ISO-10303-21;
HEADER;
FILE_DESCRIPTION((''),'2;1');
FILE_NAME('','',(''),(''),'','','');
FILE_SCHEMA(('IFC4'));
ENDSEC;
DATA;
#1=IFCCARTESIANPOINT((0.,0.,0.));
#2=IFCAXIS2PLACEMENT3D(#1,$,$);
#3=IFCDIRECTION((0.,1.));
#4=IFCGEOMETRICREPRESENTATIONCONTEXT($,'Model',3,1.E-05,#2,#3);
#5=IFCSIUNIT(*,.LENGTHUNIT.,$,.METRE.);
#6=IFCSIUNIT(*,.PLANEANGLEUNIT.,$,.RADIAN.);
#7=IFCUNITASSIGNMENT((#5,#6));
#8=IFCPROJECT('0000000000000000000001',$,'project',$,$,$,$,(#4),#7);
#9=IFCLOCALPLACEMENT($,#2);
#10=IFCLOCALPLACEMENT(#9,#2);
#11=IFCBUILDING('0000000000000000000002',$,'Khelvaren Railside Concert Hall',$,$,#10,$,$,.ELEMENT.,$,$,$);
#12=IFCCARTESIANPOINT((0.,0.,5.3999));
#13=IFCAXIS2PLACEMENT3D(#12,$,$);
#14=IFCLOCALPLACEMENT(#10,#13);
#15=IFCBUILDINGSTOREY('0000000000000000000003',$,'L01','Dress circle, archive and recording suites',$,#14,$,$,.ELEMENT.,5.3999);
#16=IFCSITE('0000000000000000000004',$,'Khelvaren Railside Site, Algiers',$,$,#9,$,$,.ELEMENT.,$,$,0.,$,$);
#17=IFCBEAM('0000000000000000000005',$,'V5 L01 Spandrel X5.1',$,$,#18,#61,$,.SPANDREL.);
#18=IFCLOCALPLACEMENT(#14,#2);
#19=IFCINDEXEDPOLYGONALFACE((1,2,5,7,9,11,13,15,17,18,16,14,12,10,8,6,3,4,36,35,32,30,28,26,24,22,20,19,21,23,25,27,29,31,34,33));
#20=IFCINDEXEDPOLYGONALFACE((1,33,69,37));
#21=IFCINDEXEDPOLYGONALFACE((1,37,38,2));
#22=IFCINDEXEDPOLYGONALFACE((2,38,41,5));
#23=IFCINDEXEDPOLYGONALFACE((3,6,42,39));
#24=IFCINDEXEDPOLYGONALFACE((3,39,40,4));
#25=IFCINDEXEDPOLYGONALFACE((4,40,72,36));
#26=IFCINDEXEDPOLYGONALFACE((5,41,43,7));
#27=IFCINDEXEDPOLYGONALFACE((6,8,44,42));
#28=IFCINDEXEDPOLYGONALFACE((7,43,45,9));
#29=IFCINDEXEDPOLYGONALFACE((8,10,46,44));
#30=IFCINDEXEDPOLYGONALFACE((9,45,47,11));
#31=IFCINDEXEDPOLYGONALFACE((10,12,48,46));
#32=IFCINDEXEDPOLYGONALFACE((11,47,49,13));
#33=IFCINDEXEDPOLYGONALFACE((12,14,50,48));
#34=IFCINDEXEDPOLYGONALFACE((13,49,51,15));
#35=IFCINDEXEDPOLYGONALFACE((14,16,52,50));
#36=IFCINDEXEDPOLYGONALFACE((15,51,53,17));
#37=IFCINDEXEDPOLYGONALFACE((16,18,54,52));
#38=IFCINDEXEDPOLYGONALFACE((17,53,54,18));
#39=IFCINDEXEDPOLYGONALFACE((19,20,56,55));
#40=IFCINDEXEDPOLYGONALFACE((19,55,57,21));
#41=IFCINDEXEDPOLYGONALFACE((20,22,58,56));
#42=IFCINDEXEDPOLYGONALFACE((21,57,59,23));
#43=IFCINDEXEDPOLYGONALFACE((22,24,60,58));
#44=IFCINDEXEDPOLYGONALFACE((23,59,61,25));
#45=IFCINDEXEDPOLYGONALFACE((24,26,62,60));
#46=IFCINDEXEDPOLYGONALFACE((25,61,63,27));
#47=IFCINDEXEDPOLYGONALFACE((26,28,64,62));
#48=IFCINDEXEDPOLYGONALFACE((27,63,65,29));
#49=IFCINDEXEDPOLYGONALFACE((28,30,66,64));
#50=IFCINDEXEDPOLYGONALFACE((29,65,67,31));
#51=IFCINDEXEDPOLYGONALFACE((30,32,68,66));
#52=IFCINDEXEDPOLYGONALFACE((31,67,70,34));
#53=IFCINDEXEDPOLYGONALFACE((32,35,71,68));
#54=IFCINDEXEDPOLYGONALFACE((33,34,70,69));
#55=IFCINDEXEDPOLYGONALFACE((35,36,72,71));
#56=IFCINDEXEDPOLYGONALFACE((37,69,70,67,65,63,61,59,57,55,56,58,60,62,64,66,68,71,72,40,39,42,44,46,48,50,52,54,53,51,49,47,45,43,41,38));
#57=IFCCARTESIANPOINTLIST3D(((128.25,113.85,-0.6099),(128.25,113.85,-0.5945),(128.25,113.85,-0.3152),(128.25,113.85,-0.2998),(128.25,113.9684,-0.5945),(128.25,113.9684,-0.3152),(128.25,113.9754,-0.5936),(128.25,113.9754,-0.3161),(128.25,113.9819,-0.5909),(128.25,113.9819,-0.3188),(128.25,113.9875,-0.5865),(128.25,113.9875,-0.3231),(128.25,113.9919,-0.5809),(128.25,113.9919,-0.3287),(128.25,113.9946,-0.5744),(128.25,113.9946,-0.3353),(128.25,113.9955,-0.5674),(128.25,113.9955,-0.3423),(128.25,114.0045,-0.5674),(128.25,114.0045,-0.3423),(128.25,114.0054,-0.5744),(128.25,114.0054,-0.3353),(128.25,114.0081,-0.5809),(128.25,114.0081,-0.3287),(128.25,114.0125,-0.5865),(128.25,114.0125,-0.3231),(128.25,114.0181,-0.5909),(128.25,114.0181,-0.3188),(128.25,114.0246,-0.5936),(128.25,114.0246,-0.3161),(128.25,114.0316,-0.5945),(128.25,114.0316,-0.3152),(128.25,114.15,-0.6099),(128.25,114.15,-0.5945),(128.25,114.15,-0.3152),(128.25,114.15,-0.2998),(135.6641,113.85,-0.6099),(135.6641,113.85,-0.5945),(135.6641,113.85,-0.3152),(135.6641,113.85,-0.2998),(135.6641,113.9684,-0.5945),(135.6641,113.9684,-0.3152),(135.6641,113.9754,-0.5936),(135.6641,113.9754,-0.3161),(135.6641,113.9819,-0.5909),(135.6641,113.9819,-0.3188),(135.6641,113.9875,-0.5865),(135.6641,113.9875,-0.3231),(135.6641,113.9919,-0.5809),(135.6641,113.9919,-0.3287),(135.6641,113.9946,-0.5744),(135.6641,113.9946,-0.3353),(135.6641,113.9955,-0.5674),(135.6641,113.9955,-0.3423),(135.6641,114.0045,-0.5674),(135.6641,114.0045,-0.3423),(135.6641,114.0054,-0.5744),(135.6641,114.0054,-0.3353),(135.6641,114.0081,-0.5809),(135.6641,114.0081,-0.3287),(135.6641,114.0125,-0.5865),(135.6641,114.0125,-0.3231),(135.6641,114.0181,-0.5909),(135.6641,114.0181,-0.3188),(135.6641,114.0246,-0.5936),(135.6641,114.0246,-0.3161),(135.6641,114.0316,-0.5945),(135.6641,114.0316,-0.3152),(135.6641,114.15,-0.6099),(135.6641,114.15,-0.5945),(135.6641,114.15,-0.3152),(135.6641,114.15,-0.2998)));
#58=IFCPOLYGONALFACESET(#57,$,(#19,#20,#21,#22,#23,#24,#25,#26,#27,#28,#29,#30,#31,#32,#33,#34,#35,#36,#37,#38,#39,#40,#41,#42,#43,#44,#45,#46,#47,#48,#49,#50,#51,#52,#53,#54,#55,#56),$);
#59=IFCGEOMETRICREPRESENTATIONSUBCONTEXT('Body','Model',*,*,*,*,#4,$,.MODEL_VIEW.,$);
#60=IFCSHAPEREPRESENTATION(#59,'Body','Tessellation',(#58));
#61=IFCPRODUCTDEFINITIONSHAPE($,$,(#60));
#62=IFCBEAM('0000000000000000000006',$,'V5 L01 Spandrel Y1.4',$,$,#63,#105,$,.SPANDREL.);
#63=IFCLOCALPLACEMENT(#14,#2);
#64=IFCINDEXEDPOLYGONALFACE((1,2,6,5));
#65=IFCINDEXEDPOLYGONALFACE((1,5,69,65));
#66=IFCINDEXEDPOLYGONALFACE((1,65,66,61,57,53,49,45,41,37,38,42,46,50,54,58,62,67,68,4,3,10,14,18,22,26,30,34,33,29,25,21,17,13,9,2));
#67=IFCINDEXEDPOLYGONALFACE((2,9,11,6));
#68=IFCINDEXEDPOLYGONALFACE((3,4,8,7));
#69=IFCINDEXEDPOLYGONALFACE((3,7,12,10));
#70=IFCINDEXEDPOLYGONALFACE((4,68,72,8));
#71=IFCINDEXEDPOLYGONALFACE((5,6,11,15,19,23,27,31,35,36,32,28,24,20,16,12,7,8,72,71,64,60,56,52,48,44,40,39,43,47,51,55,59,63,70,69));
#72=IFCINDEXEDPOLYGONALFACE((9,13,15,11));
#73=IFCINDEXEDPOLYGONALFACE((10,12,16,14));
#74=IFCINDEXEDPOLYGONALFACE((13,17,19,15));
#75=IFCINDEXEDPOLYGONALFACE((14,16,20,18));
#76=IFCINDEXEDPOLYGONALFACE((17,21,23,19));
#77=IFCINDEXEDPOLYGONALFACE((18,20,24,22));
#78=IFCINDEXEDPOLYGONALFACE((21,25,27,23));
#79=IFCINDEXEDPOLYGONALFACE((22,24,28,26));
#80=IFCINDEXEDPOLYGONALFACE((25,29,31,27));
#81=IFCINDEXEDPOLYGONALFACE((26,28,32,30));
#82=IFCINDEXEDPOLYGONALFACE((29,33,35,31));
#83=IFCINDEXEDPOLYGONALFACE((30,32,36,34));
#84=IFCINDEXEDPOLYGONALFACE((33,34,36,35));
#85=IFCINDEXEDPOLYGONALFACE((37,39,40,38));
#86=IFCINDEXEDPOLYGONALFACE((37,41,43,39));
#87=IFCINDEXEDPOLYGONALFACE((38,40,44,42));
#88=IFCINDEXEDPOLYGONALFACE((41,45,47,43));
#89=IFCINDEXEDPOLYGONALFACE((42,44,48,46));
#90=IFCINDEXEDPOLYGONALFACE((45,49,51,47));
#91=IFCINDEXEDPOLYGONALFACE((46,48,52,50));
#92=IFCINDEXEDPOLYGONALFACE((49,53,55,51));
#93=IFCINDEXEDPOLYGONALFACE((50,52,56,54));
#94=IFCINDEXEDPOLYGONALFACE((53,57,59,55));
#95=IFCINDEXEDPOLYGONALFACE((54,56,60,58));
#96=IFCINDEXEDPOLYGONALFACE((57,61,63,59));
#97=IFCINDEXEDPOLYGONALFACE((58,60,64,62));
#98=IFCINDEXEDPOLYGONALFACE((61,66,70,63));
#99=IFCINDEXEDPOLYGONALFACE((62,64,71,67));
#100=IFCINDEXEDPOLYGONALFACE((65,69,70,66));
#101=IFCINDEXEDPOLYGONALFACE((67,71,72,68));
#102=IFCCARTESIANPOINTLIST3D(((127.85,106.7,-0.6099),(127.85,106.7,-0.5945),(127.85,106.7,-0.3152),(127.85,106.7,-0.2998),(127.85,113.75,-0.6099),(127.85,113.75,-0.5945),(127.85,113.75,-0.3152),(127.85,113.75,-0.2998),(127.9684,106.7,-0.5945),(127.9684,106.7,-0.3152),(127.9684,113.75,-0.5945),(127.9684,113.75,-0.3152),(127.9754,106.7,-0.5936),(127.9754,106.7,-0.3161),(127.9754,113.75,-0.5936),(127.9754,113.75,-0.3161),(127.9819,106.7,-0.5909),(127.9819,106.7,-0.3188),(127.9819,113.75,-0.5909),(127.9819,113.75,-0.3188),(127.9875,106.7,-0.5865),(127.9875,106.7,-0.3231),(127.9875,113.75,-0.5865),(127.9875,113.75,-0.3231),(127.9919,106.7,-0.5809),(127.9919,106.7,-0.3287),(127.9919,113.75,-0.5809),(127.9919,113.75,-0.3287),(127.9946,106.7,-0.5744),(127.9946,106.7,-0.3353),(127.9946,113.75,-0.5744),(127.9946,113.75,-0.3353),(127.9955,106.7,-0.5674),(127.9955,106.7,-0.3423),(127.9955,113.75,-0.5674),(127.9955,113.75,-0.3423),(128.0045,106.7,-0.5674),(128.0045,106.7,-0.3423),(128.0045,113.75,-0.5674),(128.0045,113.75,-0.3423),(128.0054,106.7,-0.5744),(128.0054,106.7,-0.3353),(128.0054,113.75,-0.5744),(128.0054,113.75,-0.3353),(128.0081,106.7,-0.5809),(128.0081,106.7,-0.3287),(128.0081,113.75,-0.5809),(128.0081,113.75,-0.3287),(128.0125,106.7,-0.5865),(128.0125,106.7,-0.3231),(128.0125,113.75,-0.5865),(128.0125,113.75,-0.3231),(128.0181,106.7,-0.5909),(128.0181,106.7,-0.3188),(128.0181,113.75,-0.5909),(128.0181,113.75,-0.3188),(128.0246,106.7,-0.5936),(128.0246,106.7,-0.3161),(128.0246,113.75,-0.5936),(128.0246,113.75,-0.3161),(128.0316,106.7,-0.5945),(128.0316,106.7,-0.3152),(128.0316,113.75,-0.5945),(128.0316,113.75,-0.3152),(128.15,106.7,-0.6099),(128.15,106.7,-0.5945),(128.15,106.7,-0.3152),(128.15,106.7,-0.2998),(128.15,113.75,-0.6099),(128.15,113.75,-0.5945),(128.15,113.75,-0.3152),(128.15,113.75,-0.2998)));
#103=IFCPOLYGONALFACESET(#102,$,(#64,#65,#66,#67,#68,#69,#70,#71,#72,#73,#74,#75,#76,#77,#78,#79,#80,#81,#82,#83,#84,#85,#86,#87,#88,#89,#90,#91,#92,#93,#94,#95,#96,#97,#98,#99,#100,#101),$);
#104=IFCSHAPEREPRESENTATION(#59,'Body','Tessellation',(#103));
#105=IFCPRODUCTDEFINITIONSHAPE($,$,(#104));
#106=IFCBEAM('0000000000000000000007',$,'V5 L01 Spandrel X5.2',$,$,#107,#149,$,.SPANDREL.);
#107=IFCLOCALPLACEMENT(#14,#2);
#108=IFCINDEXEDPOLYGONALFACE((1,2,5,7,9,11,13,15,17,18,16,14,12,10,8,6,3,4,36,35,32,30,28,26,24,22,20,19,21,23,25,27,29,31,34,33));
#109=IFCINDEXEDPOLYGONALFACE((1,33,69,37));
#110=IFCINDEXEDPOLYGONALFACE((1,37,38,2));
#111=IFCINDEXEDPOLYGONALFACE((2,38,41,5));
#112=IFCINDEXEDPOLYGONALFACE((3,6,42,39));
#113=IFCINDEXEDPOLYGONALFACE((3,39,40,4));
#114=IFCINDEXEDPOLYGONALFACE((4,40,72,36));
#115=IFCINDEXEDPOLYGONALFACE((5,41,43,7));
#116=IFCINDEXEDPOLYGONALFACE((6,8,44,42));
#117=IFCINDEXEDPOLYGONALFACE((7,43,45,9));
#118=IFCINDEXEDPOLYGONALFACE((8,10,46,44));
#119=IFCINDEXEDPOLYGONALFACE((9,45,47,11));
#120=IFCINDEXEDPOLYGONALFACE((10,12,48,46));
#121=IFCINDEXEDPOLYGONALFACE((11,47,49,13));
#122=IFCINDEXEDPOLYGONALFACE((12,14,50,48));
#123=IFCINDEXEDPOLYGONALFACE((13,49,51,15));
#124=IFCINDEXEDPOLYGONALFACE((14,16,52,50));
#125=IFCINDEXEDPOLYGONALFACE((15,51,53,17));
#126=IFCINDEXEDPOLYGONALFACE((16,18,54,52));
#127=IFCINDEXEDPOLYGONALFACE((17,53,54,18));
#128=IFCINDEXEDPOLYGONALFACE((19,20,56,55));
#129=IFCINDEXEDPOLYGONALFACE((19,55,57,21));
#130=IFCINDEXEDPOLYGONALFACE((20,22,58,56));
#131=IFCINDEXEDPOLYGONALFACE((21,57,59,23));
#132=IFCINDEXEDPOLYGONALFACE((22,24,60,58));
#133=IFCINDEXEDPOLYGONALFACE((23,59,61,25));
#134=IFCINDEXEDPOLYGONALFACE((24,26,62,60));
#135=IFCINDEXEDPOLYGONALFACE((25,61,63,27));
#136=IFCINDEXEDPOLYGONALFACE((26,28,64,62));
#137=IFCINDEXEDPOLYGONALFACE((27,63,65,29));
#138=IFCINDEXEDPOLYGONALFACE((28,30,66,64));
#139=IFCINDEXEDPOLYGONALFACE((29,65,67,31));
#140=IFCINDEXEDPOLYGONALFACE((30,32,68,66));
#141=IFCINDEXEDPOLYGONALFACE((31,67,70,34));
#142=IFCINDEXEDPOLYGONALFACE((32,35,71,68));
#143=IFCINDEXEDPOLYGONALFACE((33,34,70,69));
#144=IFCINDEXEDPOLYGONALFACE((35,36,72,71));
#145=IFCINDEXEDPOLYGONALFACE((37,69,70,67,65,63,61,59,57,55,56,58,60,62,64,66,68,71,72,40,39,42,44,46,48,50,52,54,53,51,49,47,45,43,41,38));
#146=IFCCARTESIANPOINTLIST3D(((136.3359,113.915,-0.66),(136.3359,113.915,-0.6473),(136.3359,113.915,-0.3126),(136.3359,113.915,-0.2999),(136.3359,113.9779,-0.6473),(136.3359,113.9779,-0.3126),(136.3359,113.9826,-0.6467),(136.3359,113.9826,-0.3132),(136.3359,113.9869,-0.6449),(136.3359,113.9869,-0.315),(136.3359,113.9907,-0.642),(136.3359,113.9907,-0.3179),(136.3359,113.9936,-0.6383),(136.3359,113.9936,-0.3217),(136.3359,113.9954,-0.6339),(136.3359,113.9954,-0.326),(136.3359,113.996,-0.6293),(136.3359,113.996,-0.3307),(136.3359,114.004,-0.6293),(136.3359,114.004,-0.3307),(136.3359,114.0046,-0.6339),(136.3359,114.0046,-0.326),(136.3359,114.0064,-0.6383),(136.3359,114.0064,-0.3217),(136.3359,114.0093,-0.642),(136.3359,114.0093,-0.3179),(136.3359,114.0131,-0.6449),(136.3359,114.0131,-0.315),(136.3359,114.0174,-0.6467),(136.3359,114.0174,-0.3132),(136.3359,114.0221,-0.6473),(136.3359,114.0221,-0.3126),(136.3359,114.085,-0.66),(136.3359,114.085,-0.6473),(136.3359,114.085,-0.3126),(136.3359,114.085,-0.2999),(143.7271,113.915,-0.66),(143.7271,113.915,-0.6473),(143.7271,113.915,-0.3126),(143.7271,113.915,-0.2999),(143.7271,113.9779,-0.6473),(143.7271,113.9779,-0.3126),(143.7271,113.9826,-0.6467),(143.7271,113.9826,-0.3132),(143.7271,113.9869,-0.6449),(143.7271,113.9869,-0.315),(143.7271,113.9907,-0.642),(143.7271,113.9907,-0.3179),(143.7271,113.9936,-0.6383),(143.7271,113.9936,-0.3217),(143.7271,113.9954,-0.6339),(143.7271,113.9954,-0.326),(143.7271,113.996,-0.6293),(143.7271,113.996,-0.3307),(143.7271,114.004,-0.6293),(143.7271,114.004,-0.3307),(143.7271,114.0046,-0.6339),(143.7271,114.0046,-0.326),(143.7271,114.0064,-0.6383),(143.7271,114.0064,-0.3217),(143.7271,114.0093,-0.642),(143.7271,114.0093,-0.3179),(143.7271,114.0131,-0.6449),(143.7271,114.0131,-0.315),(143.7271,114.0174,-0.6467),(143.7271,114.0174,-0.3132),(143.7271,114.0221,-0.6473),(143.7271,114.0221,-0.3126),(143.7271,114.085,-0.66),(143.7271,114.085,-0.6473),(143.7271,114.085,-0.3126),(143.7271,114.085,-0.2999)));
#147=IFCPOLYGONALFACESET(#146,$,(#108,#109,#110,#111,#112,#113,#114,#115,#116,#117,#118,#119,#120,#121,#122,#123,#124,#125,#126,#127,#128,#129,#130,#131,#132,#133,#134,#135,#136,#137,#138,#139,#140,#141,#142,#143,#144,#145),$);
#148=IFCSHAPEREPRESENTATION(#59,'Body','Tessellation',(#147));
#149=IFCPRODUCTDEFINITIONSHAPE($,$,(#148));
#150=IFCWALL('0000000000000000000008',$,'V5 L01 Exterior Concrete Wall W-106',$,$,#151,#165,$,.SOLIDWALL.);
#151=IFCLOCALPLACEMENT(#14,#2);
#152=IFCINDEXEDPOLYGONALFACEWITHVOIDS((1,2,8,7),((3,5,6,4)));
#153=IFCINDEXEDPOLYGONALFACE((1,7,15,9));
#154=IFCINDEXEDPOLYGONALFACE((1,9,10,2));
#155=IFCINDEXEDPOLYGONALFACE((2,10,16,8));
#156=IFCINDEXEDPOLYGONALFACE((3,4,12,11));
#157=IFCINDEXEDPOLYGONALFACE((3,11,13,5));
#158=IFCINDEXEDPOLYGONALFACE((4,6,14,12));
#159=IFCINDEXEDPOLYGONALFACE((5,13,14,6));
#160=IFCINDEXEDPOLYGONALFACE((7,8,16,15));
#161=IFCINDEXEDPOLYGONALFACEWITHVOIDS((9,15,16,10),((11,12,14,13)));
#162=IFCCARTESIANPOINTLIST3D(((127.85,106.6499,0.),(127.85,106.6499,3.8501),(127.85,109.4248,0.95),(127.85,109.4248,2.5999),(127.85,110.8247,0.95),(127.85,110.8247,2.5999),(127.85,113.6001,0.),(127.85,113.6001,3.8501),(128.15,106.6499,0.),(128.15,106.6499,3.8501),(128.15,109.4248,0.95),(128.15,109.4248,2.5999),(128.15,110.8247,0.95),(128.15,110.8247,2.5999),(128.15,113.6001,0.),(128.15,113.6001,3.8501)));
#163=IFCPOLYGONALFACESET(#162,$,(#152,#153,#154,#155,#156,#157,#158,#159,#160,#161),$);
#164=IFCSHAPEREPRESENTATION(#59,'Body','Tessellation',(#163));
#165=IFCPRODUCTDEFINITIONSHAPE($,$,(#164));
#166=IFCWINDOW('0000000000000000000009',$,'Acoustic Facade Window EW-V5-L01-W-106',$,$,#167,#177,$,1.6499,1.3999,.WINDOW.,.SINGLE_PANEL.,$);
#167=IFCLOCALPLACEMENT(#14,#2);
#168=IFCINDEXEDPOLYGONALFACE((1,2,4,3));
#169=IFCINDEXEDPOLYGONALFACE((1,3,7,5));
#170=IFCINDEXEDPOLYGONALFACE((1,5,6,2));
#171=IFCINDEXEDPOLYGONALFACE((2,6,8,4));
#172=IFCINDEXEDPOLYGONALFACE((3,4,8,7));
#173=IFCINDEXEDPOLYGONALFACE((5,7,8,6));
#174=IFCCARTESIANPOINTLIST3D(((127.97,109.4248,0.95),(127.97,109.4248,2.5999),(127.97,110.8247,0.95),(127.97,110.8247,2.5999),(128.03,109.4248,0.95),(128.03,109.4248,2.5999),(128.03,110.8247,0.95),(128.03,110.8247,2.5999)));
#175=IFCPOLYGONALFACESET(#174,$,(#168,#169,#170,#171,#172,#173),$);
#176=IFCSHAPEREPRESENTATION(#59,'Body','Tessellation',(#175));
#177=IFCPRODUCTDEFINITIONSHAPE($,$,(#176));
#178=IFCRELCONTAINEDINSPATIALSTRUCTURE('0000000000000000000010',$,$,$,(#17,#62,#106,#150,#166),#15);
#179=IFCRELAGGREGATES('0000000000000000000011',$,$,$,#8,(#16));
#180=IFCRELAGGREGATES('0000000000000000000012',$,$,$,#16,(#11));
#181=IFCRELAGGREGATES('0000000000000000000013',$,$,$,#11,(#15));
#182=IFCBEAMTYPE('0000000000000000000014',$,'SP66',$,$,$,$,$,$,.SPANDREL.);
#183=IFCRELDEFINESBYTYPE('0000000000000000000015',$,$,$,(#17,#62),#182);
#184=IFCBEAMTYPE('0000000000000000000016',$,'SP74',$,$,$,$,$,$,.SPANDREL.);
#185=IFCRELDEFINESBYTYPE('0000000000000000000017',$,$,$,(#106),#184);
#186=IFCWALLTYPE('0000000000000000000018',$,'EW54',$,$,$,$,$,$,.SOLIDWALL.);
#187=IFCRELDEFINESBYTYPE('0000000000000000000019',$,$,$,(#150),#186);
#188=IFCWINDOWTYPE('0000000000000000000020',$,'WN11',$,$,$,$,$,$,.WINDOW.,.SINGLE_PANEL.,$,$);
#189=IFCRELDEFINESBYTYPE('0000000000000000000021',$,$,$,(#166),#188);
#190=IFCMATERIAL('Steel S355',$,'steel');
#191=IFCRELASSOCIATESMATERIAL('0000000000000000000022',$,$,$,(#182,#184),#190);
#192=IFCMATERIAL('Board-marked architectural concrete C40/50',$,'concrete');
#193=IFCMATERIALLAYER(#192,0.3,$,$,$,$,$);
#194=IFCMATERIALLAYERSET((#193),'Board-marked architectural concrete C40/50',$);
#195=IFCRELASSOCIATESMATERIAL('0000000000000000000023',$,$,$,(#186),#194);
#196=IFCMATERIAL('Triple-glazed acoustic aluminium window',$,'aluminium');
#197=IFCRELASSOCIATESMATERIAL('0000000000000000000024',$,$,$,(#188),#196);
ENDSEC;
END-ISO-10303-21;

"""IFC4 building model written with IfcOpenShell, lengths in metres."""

from ifc_helpers import new_model, si_unit, direction, frame, frame_2d, origin, origin_2d, place, context, subcontext, project, spatial, rectangle, i_section, extrude, material, layer, layer_set, material_profile, profile_set, type_object, element, fill, save


model = new_model("IFC4")

# Units and contexts
model_context = context("Model", 3, precision=1e-05, world=origin(), true_north=direction((0.0, 1.0)))
body_context = subcontext(model_context, "Body", "Model", "MODEL_VIEW")
ifc_project = project(units=[si_unit("LENGTHUNIT", "METRE"), si_unit("PLANEANGLEUNIT", "RADIAN")], contexts=[model_context])

# Site, building, storey
site_placement = place(None, origin())
site = spatial("IfcSite", under=ifc_project, at=site_placement, Name="Khelvaren Railside Site, Algiers", CompositionType="ELEMENT", RefElevation=0.0)
building_placement = place(site_placement, origin())
building = spatial("IfcBuilding", under=site, at=building_placement, Name="Khelvaren Railside Concert Hall", CompositionType="ELEMENT")
storey_placement = place(building_placement, frame((0.0, 0.0, 5.3999)))
storey = spatial("IfcBuildingStorey", under=building, at=storey_placement, Name="L01", Description="Dress circle, archive and recording suites", CompositionType="ELEMENT", Elevation=5.3999)

# Beams
ifc_material_1 = material(Name="Steel S355", Category="steel")
ifc_material_profile_1 = material_profile(ifc_material_1, i_section(OverallWidth=0.3, OverallDepth=0.3101, WebThickness=0.009, FlangeThickness=0.0154, FilletRadius=0.0271, at=origin_2d()), Name="HEA 320")
ifc_profile_set_1 = profile_set([ifc_material_profile_1], Name="Steel S355")
beam_type_1 = type_object("IfcBeamType", Name="SP66", PredefinedType="SPANDREL", material=ifc_profile_set_1)
beam_1_placement = place(storey_placement, frame((128.25, 114.0, -0.4548), z_axis=(1.0, 0.0, 0.0), x_axis=(0.0, 1.0, 0.0)))
element("IfcBeam", 1, at=beam_1_placement, inside=storey, type_object=beam_type_1, Name="V5 L01 Spandrel X5.1", PredefinedType="SPANDREL", context=body_context, shape_type="SweptSolid", body=[
    extrude(i_section(OverallWidth=0.3, OverallDepth=0.3101, WebThickness=0.009, FlangeThickness=0.0154, FilletRadius=0.0271, at=origin_2d()), origin(), (0.0, 0.0, 1.0), 7.4141),
])
beam_2_placement = place(storey_placement, frame((128.0, 106.7, -0.4548), z_axis=(0.0, 1.0, 0.0), x_axis=(-1.0, 0.0, 0.0)))
element("IfcBeam", 2, at=beam_2_placement, inside=storey, type_object=beam_type_1, Name="V5 L01 Spandrel Y1.4", PredefinedType="SPANDREL", context=body_context, shape_type="SweptSolid", body=[
    extrude(i_section(OverallWidth=0.3, OverallDepth=0.3101, WebThickness=0.009, FlangeThickness=0.0154, FilletRadius=0.0271, at=origin_2d()), origin(), (0.0, 0.0, 1.0), 7.05),
])
ifc_material_profile_2 = material_profile(ifc_material_1, i_section(OverallWidth=0.1699, OverallDepth=0.3601, WebThickness=0.0081, FlangeThickness=0.0127, FilletRadius=0.0181, at=origin_2d()), Name="IPE 360")
ifc_profile_set_2 = profile_set([ifc_material_profile_2], Name="Steel S355")
beam_type_2 = type_object("IfcBeamType", Name="SP74", PredefinedType="SPANDREL", material=ifc_profile_set_2)
beam_3_placement = place(storey_placement, frame((136.3359, 114.0, -0.48), z_axis=(1.0, 0.0, 0.0), x_axis=(0.0, 1.0, 0.0)))
element("IfcBeam", 3, at=beam_3_placement, inside=storey, type_object=beam_type_2, Name="V5 L01 Spandrel X5.2", PredefinedType="SPANDREL", context=body_context, shape_type="SweptSolid", body=[
    extrude(i_section(OverallWidth=0.1699, OverallDepth=0.3601, WebThickness=0.0081, FlangeThickness=0.0127, FilletRadius=0.0181, at=origin_2d()), origin(), (0.0, 0.0, 1.0), 7.3911),
])

# Wall, opening, window
ifc_material_2 = material(Name="Board-marked architectural concrete C40/50", Category="concrete")
ifc_layer_1 = layer(ifc_material_2, 0.3)
ifc_layer_set_1 = layer_set([ifc_layer_1], Name="Board-marked architectural concrete C40/50")
wall_type_1 = type_object("IfcWallType", Name="EW54", PredefinedType="SOLIDWALL", material=ifc_layer_set_1)
wall_1_placement = place(storey_placement, frame((128.0, 106.6499, 0.0), z_axis=(0.0, 0.0, 1.0), x_axis=(0.0, 1.0, 0.0)))
wall_1 = element("IfcWall", 4, at=wall_1_placement, inside=storey, type_object=wall_type_1, Name="V5 L01 Exterior Concrete Wall W-106", PredefinedType="SOLIDWALL", context=body_context, shape_type="SweptSolid", body=[
    extrude(rectangle(XDim=6.9502, YDim=0.3, at=frame_2d((3.4751, 0.0))), origin(), (0.0, 0.0, 1.0), 3.8501),
])
opening_1_placement = place(wall_1_placement, frame((2.7749, 0.0, 0.95)))
opening_1 = element("IfcOpeningElement", 5, at=opening_1_placement, cuts=wall_1, PredefinedType="OPENING", context=body_context, shape_type="SweptSolid", body=[
    extrude(rectangle(XDim=1.3999, YDim=1.6499, at=frame_2d((0.7, 0.825))), frame((0.0, 0.1599, 0.0), z_axis=(0.0, -1.0, 0.0), x_axis=(1.0, 0.0, 0.0)), (0.0, 0.0, 1.0), 0.3201),
])
ifc_material_3 = material(Name="Triple-glazed acoustic aluminium window", Category="aluminium")
window_type_1 = type_object("IfcWindowType", Name="WN11", PartitioningType="SINGLE_PANEL", PredefinedType="WINDOW", material=ifc_material_3)
window_1_placement = place(opening_1_placement, origin())
window_1 = element("IfcWindow", 6, at=window_1_placement, inside=storey, type_object=window_type_1, Name="Acoustic Facade Window EW-V5-L01-W-106", OverallHeight=1.6499, OverallWidth=1.3999, PartitioningType="SINGLE_PANEL", PredefinedType="WINDOW", context=body_context, shape_type="SweptSolid", body=[
    extrude(rectangle(XDim=1.3999, YDim=1.6499, at=frame_2d((0.7, 0.825))), frame((0.0, 0.03, 0.0), z_axis=(0.0, -1.0, 0.0), x_axis=(1.0, 0.0, 0.0)), (0.0, 0.0, 1.0), 0.0601),
])
fill(opening_1, window_1)

save(model, "model.ifc")
